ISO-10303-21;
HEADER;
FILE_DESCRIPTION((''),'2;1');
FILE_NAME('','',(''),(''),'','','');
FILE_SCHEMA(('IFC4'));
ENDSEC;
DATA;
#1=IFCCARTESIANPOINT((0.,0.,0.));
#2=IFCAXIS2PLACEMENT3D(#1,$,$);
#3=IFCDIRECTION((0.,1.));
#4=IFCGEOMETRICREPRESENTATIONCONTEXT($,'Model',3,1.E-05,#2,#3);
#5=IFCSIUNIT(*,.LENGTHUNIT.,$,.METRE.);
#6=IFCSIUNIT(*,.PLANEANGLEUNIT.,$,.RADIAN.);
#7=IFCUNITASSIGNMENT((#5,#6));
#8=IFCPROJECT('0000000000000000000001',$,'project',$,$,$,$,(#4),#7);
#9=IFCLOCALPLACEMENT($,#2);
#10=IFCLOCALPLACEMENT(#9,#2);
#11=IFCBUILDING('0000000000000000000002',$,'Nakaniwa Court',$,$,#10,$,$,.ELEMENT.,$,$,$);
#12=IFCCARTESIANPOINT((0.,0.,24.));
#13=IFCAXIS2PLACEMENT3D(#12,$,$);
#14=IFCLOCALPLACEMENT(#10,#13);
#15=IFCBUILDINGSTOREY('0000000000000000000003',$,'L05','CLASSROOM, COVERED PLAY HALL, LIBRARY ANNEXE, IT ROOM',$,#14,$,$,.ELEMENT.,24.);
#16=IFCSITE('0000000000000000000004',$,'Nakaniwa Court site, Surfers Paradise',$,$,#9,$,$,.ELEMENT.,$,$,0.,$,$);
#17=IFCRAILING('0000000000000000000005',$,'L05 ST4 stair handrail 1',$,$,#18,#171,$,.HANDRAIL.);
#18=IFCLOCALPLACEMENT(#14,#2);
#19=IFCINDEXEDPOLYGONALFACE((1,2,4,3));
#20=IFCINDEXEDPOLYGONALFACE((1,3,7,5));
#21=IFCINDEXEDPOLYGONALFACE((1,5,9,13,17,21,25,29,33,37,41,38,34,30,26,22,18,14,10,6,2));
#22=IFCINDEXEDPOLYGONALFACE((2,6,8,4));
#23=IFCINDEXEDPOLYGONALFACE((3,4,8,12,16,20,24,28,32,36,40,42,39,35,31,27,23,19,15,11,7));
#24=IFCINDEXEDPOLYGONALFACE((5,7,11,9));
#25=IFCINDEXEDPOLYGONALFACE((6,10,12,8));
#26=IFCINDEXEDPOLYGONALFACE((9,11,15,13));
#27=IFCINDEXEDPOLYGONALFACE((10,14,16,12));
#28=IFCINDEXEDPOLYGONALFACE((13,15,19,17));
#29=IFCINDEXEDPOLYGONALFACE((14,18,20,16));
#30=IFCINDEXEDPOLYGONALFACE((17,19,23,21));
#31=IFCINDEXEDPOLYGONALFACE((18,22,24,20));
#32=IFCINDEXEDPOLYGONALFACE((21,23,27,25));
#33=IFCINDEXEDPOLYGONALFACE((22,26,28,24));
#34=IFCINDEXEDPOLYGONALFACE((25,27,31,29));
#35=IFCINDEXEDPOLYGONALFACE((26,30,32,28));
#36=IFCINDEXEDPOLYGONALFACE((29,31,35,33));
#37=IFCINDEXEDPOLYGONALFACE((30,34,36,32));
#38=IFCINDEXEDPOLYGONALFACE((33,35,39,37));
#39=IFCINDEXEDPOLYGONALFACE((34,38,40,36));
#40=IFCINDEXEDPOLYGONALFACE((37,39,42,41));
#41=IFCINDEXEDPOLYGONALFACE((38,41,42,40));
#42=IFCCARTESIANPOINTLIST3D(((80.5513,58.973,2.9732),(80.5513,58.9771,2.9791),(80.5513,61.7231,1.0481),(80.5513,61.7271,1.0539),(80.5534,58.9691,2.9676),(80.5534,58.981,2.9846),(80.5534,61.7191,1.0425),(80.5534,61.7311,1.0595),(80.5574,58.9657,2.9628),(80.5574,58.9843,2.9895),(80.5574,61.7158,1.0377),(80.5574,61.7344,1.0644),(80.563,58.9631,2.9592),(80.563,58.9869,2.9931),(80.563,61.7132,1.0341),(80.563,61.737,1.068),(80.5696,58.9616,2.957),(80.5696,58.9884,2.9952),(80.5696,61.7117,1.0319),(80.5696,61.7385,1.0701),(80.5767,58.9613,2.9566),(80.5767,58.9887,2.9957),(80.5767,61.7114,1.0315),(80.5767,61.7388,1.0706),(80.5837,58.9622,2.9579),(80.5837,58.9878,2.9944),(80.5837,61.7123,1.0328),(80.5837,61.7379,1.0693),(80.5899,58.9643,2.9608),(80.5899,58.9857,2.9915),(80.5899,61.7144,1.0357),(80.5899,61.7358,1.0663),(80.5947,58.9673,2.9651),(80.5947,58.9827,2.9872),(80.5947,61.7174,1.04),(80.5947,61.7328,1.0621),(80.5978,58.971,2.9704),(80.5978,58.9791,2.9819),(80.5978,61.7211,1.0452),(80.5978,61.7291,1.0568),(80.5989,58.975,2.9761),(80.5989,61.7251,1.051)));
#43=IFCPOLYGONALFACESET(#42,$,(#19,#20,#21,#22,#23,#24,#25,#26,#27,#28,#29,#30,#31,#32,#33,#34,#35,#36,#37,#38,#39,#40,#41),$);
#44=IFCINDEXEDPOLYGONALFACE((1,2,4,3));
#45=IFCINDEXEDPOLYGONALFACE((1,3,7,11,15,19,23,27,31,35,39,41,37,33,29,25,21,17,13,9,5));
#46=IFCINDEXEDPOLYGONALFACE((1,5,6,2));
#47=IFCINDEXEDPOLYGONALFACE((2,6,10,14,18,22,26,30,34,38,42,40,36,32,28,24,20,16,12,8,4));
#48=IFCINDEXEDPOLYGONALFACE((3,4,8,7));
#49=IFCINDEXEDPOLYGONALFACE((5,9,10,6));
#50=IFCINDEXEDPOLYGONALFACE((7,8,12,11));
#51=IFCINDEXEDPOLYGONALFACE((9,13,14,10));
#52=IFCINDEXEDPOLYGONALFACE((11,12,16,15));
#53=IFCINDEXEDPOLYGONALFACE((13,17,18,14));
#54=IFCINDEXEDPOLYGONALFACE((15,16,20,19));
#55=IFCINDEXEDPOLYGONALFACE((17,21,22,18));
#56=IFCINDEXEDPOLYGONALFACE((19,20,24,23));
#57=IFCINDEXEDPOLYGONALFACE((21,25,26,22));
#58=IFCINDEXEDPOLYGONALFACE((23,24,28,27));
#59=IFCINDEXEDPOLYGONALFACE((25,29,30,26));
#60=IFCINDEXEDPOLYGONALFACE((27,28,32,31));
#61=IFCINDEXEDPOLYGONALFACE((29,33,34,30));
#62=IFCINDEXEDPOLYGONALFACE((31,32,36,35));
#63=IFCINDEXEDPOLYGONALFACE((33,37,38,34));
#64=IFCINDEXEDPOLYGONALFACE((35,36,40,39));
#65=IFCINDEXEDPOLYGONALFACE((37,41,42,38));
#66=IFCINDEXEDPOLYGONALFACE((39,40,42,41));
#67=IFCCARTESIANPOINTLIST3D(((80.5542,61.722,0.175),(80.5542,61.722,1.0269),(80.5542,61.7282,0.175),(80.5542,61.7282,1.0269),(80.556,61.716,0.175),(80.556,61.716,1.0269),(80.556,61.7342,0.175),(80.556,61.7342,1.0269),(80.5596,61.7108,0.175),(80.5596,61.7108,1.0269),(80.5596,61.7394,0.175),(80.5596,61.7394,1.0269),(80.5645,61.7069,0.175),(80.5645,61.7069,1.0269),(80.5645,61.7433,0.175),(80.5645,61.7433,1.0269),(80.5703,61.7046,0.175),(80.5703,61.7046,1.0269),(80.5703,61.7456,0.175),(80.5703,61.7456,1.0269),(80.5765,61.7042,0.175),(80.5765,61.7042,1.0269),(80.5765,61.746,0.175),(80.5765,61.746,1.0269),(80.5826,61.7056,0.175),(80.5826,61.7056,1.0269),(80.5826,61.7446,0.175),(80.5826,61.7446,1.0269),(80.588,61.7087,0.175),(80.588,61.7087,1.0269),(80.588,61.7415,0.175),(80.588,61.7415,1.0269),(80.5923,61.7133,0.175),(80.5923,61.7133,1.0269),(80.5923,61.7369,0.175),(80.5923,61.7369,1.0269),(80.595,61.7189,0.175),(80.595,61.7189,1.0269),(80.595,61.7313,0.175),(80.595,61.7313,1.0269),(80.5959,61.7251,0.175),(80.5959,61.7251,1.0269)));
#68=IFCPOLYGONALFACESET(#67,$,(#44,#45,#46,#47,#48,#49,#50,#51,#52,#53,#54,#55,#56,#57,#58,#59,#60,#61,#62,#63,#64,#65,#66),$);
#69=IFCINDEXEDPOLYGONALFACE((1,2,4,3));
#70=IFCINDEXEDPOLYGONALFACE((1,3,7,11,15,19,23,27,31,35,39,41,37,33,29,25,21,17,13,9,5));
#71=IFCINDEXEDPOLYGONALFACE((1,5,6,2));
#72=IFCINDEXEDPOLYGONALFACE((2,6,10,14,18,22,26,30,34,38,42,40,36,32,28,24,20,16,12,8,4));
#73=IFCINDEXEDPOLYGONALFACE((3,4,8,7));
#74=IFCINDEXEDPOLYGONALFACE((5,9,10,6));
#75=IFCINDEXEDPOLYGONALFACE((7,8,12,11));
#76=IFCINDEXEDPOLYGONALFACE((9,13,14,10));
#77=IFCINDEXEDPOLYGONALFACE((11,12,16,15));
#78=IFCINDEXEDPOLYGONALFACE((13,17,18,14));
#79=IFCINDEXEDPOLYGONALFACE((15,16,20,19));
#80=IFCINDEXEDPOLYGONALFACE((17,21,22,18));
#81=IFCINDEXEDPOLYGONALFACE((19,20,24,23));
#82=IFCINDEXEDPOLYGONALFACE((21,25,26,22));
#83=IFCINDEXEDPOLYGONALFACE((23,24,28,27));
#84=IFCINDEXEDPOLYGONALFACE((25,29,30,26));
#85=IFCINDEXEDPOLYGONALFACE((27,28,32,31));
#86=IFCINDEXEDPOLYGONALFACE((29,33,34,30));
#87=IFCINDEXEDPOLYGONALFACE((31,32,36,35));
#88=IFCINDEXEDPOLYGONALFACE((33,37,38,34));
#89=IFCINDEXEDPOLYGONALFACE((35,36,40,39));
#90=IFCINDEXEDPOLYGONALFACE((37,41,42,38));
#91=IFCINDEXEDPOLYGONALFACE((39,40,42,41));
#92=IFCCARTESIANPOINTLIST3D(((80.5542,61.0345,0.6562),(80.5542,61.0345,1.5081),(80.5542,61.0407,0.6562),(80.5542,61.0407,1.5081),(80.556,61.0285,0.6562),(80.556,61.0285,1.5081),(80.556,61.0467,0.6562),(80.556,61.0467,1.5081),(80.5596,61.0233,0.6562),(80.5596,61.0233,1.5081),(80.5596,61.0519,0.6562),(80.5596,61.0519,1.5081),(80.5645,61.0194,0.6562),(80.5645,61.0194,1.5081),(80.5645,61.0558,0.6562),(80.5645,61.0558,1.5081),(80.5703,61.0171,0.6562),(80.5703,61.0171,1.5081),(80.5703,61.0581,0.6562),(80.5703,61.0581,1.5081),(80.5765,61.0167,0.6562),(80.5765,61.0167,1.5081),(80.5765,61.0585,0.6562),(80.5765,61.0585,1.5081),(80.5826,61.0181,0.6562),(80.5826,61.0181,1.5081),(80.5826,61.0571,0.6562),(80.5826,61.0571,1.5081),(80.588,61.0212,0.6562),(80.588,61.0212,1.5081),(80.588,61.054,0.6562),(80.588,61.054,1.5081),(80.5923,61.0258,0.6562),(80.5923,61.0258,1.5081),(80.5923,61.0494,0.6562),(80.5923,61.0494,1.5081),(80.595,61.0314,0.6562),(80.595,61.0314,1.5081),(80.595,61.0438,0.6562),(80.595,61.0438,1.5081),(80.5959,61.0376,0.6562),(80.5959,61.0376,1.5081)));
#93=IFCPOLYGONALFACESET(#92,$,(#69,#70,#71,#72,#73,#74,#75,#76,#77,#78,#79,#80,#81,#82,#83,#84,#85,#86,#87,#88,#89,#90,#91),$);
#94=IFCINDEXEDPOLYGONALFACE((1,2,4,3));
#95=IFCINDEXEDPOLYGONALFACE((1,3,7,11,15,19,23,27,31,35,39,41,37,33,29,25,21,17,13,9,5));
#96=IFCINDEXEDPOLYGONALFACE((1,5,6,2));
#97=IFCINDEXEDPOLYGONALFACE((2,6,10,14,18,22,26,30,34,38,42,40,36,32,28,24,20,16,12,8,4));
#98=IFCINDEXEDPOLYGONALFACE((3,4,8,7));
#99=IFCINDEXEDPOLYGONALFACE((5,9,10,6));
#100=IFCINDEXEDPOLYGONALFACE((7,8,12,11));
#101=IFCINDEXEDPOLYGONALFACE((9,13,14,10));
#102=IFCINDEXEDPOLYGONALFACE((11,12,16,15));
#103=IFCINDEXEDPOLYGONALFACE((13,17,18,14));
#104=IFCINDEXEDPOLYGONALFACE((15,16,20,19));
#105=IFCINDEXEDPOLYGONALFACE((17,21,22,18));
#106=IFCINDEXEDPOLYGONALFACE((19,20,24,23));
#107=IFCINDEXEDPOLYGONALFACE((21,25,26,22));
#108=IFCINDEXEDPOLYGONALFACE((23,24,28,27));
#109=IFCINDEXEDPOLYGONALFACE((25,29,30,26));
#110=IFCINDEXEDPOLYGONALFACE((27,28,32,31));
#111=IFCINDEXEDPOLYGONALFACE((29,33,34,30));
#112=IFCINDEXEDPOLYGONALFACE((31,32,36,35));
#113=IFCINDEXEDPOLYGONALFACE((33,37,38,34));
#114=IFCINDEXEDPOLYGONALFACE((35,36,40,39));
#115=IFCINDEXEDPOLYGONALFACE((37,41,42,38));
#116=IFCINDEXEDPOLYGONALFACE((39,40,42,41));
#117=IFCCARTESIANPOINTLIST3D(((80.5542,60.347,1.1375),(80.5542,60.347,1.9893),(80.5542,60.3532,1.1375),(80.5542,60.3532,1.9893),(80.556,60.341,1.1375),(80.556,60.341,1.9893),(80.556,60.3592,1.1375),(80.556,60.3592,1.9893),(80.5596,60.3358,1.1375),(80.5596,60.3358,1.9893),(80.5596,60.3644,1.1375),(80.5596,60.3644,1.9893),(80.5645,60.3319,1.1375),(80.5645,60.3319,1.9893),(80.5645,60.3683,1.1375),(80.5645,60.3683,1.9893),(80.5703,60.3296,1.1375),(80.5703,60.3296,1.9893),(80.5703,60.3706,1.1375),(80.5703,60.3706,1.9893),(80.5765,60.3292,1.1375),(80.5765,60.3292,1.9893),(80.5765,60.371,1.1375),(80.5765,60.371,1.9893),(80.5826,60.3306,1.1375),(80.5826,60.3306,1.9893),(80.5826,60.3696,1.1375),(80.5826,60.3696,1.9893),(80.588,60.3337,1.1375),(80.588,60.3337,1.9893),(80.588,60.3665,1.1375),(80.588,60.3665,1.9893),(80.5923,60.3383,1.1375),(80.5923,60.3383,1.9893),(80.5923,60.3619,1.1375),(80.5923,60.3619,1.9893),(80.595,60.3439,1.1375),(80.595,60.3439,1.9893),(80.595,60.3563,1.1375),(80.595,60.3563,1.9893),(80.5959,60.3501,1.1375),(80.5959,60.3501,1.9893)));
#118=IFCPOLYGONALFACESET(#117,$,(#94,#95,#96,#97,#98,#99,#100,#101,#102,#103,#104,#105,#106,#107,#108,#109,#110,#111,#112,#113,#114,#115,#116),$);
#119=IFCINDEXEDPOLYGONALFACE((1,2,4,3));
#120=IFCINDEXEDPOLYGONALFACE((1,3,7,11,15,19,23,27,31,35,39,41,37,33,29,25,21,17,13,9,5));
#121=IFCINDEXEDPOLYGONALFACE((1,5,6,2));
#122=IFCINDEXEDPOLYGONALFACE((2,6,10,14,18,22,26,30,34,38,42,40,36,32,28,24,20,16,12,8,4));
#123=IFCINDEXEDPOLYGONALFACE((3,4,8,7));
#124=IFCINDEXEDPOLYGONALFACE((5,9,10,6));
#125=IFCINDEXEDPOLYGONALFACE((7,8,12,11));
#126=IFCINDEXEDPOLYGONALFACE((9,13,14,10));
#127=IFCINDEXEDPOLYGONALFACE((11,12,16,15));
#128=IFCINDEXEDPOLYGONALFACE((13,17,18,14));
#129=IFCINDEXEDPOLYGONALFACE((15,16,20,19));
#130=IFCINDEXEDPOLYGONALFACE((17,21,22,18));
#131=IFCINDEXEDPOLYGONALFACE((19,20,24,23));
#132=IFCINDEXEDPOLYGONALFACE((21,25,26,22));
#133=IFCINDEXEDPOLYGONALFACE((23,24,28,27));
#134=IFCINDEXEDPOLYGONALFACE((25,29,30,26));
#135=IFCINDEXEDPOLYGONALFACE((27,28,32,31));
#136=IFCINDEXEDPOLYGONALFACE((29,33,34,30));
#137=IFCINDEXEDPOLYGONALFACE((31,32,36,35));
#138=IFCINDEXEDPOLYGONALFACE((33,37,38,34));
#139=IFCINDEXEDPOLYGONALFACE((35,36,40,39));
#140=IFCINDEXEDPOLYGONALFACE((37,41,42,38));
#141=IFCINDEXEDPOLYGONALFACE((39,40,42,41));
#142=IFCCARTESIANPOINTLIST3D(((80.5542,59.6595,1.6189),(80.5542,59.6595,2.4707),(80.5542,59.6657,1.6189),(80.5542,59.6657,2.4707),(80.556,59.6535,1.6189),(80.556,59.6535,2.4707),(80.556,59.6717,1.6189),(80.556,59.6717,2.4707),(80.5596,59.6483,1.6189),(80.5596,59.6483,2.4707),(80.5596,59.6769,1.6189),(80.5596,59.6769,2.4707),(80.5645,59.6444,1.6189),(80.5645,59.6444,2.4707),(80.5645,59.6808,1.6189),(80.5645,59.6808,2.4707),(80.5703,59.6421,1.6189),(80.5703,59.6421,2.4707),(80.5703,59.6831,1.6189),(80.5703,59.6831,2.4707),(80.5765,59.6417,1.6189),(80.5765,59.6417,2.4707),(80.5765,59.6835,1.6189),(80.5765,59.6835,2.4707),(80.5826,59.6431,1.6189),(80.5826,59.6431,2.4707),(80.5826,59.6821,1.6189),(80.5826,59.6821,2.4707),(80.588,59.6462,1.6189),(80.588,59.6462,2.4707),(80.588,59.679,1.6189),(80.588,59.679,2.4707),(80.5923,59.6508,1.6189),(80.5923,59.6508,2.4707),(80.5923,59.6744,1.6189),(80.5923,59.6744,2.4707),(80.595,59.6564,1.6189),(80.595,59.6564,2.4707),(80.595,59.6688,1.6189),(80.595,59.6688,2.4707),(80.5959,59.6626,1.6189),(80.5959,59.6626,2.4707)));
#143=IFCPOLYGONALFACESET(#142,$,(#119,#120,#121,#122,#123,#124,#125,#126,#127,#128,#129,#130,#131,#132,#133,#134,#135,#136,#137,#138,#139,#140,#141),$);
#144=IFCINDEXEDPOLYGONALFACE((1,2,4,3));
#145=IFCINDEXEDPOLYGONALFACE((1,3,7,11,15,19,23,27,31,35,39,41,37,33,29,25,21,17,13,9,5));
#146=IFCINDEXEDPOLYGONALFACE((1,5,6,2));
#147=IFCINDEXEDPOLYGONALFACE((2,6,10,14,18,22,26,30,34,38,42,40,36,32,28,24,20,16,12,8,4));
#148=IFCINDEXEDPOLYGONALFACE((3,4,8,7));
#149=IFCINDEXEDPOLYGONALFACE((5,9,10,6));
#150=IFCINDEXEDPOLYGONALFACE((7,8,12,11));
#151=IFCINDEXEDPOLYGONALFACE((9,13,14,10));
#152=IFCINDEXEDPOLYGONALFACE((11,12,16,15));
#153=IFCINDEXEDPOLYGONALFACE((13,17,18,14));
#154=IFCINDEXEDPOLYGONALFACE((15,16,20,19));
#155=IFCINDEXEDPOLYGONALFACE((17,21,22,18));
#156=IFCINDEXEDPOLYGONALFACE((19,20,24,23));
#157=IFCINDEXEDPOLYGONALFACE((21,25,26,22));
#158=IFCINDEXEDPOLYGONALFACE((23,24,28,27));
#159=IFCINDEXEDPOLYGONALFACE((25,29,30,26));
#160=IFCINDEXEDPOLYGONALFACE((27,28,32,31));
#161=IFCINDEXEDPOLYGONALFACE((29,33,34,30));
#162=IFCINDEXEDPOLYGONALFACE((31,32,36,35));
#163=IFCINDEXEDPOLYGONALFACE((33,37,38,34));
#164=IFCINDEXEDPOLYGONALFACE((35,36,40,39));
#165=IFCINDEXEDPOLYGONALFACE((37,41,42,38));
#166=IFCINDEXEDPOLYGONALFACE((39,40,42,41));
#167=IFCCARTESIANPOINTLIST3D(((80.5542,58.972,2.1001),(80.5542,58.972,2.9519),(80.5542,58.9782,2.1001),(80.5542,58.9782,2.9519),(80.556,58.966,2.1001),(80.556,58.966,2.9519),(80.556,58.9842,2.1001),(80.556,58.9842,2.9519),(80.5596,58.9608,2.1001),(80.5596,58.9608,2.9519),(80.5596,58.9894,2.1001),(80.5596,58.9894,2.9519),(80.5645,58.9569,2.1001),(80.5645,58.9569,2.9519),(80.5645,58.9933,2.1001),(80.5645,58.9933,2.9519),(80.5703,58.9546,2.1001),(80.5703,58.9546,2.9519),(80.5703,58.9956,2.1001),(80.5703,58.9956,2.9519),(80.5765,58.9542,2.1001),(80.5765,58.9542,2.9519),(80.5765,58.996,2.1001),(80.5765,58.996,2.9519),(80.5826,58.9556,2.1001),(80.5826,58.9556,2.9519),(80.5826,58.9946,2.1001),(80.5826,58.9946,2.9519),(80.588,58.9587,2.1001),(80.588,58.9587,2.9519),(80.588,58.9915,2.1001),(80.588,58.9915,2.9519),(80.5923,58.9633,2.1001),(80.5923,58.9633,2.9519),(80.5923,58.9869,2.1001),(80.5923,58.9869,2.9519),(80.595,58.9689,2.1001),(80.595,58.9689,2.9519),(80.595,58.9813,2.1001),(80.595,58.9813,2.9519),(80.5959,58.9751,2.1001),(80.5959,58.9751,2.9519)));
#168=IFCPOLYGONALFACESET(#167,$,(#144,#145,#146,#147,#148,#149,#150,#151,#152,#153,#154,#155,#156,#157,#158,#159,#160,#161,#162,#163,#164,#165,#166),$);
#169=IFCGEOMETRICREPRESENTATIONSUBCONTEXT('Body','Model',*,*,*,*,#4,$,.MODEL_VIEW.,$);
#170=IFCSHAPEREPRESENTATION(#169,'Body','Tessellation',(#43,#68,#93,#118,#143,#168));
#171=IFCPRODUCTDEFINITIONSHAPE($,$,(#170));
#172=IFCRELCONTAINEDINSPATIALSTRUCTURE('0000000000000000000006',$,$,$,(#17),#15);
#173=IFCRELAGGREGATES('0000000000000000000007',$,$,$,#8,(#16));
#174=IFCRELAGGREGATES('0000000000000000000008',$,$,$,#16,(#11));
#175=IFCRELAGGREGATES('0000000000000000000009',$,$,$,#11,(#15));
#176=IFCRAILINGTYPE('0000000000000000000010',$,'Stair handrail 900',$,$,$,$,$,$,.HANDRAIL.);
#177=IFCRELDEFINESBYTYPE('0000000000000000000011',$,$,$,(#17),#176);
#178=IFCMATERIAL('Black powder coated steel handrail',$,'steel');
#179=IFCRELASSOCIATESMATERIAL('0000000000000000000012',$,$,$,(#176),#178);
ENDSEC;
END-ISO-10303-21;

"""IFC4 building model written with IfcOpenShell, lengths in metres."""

from ifc_helpers import new_model, si_unit, direction, frame, origin, origin_2d, place, context, subcontext, project, spatial, circle, extrude, material, type_object, element, save


model = new_model("IFC4")

# Units and contexts
model_context = context("Model", 3, precision=1e-05, world=origin(), true_north=direction((0.0, 1.0)))
body_context = subcontext(model_context, "Body", "Model", "MODEL_VIEW")
ifc_project = project(units=[si_unit("LENGTHUNIT", "METRE"), si_unit("PLANEANGLEUNIT", "RADIAN")], contexts=[model_context])

# Site, building, storey
site_placement = place(None, origin())
site = spatial("IfcSite", under=ifc_project, at=site_placement, Name="Nakaniwa Court site, Surfers Paradise", CompositionType="ELEMENT", RefElevation=0.0)
building_placement = place(site_placement, origin())
building = spatial("IfcBuilding", under=site, at=building_placement, Name="Nakaniwa Court", CompositionType="ELEMENT")
storey_placement = place(building_placement, frame((0.0, 0.0, 24.0)))
storey = spatial("IfcBuildingStorey", under=building, at=storey_placement, Name="L05", Description="CLASSROOM, COVERED PLAY HALL, LIBRARY ANNEXE, IT ROOM", CompositionType="ELEMENT", Elevation=24.0)

# Railing
ifc_material_1 = material(Name="Black powder coated steel handrail", Category="steel")
railing_type_1 = type_object("IfcRailingType", Name="Stair handrail 900", PredefinedType="HANDRAIL", material=ifc_material_1)
railing_1_placement = place(storey_placement, frame((80.575, 61.7251, 0.175)))
element("IfcRailing", 1, at=railing_1_placement, inside=storey, type_object=railing_type_1, Name="L05 ST4 stair handrail 1", PredefinedType="HANDRAIL", context=body_context, shape_type="SweptSolid", body=[
    extrude(circle(Radius=0.0239, at=origin_2d()), frame((0.0, 0.0, 0.876), z_axis=(0.0, -0.819225, 0.573472), x_axis=(1.0, 0.0, 0.0)), (0.0, 0.0, 1.0), 3.3569),
    extrude(circle(Radius=0.021, at=origin_2d()), origin(), (0.0, 0.0, 1.0), 0.8518),
    extrude(circle(Radius=0.021, at=origin_2d()), frame((0.0, -0.6875, 0.4812)), (0.0, 0.0, 1.0), 0.8518),
    extrude(circle(Radius=0.021, at=origin_2d()), frame((0.0, -1.375, 0.9624)), (0.0, 0.0, 1.0), 0.8518),
    extrude(circle(Radius=0.021, at=origin_2d()), frame((0.0, -2.0625, 1.4438)), (0.0, 0.0, 1.0), 0.8518),
    extrude(circle(Radius=0.021, at=origin_2d()), frame((0.0, -2.75, 1.925)), (0.0, 0.0, 1.0), 0.8518),
])

save(model, "model.ifc")
